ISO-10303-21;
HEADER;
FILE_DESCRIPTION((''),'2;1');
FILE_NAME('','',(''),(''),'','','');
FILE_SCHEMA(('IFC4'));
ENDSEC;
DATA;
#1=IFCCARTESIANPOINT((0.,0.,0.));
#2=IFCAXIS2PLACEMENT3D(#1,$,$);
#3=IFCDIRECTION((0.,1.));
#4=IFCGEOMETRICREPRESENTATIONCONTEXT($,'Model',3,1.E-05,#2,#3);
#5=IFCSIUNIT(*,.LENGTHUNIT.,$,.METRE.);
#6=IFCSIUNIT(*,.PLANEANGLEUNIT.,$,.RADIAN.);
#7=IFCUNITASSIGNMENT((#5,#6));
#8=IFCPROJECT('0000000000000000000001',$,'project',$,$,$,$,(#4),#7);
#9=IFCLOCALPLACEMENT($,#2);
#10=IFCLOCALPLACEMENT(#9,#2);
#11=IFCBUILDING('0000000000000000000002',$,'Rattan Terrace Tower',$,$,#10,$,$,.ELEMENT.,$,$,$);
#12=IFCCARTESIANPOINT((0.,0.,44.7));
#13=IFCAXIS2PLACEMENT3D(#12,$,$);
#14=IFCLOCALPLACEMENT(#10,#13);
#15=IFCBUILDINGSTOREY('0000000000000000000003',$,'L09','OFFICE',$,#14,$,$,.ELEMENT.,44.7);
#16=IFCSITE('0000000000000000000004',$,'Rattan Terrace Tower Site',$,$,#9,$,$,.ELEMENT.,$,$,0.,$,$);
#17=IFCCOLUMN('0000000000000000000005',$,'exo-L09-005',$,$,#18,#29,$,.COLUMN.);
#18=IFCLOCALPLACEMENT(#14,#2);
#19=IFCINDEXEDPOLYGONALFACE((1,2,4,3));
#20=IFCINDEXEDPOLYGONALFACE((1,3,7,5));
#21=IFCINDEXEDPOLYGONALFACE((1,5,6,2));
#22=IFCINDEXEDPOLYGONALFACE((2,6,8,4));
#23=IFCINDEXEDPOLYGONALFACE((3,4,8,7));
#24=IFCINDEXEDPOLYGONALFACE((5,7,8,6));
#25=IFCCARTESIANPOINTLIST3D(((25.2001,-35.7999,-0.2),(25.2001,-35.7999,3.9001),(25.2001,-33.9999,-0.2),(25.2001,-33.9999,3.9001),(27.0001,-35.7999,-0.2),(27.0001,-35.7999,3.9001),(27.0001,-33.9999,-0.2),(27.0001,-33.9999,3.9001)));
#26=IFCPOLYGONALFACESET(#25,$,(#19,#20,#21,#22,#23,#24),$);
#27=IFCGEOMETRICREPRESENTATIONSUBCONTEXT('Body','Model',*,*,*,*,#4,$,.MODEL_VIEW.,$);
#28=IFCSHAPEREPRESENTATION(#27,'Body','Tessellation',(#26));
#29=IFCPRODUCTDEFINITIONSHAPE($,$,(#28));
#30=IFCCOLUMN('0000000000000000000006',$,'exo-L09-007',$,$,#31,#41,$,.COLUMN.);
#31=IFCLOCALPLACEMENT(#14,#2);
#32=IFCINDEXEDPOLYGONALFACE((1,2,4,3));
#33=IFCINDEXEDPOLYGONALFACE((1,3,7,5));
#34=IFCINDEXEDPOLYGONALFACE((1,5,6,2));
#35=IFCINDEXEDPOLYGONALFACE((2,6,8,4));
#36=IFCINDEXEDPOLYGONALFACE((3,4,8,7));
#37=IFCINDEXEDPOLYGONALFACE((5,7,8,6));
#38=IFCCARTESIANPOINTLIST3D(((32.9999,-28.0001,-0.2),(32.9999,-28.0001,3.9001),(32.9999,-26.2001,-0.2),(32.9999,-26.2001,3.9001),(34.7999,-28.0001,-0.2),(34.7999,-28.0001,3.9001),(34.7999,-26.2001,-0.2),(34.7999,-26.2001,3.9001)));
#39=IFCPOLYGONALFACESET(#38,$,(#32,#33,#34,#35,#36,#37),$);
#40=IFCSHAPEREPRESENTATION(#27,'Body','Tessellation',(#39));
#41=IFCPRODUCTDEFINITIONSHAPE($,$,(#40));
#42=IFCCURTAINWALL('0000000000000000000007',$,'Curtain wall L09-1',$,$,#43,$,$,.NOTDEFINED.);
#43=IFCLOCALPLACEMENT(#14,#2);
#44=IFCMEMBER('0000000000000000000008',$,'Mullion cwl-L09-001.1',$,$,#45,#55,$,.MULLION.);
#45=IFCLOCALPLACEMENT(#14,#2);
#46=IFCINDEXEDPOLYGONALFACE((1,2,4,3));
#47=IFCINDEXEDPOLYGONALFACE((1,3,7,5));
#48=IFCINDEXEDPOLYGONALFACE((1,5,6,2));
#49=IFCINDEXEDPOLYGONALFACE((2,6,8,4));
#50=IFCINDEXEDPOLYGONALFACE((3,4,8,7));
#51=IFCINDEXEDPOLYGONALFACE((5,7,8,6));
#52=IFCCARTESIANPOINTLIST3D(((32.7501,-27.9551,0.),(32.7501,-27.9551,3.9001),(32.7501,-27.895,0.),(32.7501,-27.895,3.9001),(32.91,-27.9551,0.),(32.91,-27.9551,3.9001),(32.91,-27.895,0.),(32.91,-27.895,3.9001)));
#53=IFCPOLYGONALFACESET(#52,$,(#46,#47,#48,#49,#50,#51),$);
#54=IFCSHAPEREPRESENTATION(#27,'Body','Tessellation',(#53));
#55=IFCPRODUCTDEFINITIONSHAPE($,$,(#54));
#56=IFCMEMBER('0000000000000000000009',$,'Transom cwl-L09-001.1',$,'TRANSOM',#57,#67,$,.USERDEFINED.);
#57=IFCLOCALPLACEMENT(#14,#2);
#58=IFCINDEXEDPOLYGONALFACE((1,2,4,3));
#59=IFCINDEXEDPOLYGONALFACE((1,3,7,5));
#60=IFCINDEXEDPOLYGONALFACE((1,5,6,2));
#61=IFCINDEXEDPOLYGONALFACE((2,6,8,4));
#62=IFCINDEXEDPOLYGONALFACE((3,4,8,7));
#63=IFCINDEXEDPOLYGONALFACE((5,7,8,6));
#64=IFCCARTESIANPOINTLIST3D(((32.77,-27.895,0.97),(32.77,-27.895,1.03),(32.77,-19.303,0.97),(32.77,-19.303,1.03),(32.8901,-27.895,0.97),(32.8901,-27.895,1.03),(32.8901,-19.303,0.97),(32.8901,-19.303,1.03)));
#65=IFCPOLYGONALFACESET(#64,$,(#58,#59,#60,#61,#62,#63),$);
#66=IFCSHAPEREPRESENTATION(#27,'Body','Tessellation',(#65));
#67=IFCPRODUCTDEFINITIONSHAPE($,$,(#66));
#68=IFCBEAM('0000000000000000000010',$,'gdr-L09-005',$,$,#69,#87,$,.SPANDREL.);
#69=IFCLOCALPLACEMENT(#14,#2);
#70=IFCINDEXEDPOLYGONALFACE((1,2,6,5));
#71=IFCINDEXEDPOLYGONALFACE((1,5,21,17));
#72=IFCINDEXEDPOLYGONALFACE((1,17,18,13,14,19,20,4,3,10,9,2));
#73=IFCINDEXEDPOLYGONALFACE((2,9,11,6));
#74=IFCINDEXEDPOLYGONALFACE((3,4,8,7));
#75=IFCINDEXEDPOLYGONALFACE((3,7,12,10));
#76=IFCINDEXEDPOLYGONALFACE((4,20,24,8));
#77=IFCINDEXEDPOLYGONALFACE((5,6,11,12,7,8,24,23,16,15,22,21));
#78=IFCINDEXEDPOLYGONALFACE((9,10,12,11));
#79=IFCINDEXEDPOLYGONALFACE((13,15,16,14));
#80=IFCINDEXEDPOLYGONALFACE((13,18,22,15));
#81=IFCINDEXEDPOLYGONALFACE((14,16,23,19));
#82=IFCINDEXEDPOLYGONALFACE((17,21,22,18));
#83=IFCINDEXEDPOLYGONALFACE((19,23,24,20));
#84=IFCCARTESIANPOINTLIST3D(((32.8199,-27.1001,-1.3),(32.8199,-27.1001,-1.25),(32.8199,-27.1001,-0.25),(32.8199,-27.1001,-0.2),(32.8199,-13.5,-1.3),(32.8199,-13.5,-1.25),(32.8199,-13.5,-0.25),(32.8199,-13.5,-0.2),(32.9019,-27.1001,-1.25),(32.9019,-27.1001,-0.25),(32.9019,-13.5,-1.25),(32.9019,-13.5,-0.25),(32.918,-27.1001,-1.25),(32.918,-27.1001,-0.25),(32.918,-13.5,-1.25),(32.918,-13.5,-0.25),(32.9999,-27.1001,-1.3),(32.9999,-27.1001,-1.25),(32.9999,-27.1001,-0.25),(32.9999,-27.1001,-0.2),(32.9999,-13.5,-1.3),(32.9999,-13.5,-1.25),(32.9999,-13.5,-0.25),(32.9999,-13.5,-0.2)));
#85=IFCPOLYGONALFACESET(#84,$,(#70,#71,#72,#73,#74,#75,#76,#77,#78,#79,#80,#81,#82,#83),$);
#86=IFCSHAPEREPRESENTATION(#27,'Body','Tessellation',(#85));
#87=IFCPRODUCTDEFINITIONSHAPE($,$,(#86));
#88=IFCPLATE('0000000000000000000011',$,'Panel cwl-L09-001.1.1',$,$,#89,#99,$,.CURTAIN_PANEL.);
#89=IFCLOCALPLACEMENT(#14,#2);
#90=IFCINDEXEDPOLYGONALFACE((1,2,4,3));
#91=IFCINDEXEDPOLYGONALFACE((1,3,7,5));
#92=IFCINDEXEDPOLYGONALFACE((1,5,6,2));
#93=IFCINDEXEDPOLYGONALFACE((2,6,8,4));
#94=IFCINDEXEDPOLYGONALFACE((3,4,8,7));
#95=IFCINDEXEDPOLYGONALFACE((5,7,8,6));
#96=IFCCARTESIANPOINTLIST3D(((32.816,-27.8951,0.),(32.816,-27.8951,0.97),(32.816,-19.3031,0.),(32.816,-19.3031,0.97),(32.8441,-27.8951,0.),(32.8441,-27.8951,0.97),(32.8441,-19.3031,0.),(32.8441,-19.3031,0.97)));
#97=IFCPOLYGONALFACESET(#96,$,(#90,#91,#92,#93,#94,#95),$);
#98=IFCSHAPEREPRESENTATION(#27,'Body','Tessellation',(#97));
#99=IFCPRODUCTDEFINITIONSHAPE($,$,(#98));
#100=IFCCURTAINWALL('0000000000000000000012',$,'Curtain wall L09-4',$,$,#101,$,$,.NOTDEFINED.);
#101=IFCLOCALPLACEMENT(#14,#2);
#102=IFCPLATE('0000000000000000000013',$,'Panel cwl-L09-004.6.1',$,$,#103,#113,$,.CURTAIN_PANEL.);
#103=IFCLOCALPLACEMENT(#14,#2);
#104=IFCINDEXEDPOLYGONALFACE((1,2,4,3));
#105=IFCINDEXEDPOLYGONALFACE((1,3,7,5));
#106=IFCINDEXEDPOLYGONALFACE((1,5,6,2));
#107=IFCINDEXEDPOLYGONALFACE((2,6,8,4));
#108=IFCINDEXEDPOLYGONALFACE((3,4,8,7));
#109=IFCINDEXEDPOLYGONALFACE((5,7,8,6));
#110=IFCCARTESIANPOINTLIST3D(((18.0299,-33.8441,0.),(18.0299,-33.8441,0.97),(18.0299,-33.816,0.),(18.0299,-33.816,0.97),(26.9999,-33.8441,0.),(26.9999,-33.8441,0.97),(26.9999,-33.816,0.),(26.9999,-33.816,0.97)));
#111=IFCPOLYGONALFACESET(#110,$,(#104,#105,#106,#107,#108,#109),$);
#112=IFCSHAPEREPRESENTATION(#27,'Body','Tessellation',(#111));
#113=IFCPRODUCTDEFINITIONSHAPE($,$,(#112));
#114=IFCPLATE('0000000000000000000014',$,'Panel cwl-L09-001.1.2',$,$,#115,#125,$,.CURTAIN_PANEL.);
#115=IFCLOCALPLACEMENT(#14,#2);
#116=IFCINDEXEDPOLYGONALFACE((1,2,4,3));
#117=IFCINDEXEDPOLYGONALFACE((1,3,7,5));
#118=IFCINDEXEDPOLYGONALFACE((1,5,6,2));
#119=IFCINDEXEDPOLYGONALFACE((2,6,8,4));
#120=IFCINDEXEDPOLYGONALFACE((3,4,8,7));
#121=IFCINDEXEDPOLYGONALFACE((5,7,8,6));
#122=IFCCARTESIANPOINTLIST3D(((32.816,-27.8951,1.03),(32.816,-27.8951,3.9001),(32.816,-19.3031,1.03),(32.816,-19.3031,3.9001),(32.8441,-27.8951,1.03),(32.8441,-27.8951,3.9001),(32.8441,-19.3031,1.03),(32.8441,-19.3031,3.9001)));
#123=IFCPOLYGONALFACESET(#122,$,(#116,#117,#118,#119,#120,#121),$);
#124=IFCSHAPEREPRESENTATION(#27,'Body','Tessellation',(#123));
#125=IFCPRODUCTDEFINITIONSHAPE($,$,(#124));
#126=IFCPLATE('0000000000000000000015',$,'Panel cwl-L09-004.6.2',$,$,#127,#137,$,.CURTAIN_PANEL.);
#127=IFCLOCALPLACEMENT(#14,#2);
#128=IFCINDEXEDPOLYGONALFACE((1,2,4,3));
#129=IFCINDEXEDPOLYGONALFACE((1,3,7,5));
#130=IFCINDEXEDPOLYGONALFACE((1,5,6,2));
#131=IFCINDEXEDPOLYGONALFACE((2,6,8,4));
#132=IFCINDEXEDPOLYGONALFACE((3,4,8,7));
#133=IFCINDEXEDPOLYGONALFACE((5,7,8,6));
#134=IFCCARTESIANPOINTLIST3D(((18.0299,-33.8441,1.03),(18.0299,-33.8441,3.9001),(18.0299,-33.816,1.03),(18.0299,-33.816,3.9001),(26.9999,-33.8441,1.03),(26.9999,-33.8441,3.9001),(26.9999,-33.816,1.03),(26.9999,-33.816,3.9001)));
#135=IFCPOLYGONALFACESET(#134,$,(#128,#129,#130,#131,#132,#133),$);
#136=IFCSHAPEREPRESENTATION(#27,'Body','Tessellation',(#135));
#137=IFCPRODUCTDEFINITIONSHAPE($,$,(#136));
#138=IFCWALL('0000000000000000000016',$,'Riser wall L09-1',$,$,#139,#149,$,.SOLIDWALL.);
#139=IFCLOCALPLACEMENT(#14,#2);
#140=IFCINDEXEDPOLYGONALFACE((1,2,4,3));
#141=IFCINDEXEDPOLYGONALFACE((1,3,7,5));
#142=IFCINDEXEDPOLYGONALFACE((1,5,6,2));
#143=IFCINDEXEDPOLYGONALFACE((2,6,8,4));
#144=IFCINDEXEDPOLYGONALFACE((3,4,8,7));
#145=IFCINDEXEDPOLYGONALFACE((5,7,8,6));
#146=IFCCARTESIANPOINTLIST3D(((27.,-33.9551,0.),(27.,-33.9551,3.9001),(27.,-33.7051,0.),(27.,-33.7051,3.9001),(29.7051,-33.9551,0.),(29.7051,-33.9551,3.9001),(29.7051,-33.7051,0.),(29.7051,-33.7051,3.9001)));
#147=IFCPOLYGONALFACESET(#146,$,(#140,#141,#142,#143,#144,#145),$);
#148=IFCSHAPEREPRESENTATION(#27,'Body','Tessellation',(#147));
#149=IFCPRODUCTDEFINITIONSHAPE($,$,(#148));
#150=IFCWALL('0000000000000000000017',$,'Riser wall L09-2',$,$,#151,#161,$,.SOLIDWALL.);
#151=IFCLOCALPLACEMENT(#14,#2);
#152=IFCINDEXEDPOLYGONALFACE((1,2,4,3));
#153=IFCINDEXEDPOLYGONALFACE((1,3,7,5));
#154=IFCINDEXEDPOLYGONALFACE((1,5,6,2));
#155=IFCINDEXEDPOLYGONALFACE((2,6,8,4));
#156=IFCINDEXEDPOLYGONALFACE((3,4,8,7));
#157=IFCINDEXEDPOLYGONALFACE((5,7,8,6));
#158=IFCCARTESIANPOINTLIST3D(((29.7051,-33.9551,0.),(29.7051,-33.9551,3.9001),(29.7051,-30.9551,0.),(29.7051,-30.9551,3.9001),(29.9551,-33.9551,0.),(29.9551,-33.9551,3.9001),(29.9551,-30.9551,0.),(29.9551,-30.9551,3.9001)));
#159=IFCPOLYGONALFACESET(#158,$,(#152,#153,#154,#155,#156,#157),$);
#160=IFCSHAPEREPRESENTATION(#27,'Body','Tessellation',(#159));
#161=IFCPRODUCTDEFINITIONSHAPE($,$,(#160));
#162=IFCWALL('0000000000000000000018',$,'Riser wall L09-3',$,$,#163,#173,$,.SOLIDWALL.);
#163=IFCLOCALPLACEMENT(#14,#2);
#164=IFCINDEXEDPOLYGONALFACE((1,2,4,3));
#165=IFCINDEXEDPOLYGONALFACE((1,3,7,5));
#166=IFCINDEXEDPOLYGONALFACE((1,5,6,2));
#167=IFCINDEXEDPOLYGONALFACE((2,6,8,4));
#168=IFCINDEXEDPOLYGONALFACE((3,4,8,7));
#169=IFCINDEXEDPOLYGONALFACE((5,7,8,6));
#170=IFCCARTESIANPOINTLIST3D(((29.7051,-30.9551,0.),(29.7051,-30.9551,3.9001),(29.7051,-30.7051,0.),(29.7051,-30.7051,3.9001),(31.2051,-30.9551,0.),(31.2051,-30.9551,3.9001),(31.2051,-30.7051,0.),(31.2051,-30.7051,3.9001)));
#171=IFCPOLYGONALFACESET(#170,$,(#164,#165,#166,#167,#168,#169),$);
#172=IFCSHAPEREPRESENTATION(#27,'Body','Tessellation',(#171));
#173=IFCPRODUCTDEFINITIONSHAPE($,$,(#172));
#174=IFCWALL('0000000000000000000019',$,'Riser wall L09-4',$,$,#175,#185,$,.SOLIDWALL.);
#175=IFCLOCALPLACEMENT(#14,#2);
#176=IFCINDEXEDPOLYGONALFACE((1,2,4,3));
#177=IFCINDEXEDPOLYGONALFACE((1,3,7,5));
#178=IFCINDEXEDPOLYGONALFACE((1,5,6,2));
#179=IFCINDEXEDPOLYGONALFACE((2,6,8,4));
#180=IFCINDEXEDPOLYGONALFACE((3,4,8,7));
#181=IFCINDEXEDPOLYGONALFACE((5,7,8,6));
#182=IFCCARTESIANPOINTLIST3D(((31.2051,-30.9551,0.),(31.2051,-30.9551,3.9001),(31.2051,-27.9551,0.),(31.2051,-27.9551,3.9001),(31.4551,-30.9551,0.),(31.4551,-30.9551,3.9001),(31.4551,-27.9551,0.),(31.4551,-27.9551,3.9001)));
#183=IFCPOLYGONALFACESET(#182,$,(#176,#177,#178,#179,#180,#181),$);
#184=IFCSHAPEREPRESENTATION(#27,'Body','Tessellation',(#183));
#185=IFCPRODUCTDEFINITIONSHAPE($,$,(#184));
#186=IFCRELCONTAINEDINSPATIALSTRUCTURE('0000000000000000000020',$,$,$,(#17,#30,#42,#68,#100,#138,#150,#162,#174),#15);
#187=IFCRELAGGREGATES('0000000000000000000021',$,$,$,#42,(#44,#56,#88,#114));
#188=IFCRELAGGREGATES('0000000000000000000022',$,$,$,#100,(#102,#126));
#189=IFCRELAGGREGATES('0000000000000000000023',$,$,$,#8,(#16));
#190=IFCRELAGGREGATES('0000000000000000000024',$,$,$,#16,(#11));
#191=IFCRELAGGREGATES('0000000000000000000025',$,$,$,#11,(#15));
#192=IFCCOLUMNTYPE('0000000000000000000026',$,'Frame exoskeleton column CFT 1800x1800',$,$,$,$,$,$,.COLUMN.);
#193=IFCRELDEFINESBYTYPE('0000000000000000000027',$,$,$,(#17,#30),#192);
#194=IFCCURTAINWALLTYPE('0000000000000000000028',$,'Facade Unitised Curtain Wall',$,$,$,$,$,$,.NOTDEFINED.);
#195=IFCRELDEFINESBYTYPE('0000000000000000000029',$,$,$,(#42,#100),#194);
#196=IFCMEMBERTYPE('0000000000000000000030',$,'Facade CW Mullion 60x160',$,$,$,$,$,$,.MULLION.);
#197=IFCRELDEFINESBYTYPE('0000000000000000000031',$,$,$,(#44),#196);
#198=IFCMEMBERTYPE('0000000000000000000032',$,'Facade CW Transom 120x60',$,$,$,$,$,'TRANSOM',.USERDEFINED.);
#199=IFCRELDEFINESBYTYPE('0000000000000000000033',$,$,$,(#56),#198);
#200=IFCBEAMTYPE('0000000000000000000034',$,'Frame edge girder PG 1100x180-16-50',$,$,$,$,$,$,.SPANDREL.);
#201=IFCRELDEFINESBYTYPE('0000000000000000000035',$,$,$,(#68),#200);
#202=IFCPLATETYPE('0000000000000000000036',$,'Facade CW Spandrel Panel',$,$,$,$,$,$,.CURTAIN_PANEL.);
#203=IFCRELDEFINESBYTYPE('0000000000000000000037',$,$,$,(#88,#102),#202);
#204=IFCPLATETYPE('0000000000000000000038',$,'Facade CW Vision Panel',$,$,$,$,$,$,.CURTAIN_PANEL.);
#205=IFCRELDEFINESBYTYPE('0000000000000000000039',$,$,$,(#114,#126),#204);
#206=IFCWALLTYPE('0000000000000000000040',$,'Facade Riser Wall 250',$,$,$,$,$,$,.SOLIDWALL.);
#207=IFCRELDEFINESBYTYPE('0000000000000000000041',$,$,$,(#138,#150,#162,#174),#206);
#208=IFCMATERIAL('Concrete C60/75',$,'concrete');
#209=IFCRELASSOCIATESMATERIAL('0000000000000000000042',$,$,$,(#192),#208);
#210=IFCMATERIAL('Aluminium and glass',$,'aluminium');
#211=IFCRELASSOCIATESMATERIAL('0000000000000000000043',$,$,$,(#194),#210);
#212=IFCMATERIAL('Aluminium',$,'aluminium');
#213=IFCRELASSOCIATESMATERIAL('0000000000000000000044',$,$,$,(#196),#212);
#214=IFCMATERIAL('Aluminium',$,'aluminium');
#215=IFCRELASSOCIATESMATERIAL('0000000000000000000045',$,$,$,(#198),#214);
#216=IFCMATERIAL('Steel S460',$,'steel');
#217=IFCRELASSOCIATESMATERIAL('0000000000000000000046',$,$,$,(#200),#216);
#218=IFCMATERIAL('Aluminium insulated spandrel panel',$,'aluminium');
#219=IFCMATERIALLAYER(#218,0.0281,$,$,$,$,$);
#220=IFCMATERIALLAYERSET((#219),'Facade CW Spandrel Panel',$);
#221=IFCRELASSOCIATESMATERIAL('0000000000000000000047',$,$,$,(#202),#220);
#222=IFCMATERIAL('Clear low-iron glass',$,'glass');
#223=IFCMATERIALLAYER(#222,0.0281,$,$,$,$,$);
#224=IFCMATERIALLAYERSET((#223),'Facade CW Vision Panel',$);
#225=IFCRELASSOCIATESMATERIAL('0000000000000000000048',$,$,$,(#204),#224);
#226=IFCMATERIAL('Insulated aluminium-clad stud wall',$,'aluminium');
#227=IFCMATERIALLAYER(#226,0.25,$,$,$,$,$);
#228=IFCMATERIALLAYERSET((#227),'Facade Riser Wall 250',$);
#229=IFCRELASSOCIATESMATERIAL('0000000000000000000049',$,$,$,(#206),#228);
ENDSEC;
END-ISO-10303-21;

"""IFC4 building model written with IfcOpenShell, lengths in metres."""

from ifc_helpers import new_model, si_unit, direction, frame, frame_2d, origin, origin_2d, place, context, subcontext, project, spatial, rectangle, i_section, extrude, material, layer, layer_set, material_profile, profile_set, type_object, element, aggregate, save


model = new_model("IFC4")

# Units and contexts
model_context = context("Model", 3, precision=1e-05, world=origin(), true_north=direction((0.0, 1.0)))
body_context = subcontext(model_context, "Body", "Model", "MODEL_VIEW")
ifc_project = project(units=[si_unit("LENGTHUNIT", "METRE"), si_unit("PLANEANGLEUNIT", "RADIAN")], contexts=[model_context])

# Site, building, storey
site_placement = place(None, origin())
site = spatial("IfcSite", under=ifc_project, at=site_placement, Name="Rattan Terrace Tower Site", CompositionType="ELEMENT", RefElevation=0.0)
building_placement = place(site_placement, origin())
building = spatial("IfcBuilding", under=site, at=building_placement, Name="Rattan Terrace Tower", CompositionType="ELEMENT")
storey_placement = place(building_placement, frame((0.0, 0.0, 44.7)))
storey = spatial("IfcBuildingStorey", under=building, at=storey_placement, Name="L09", Description="OFFICE", CompositionType="ELEMENT", Elevation=44.7)

# Columns
ifc_material_1 = material(Name="Concrete C60/75", Category="concrete")
ifc_material_profile_1 = material_profile(ifc_material_1, rectangle(XDim=1.8, YDim=1.8, at=origin_2d()), Name="CFT 1800x1800")
ifc_profile_set_1 = profile_set([ifc_material_profile_1], Name="Concrete C60/75")
column_type = type_object("IfcColumnType", Name="Frame exoskeleton column CFT 1800x1800", PredefinedType="COLUMN", material=ifc_profile_set_1)
for number, where, z_axis, x_axis, name in (
    (1, (26.1001, -34.8999, -0.2), (0.0, 0.0, 1.0), (1.0, 0.0, 0.0), "exo-L09-005"),
    (2, (33.8999, -27.1001, -0.2), (0.0, 0.0, 1.0), (0.0, 1.0, 0.0), "exo-L09-007"),
):
    element("IfcColumn", number, at=place(storey_placement, frame(where, z_axis=z_axis, x_axis=x_axis)), inside=storey, type_object=column_type, Name=name, PredefinedType="COLUMN", context=body_context, shape_type="SweptSolid", body=[
        extrude(rectangle(XDim=1.8, YDim=1.8, at=origin_2d()), origin(), (0.0, 0.0, 1.0), 4.1001),
    ])

# Curtain wall, members
ifc_material_2 = material(Name="Aluminium and glass", Category="aluminium")
curtain_wall_type = type_object("IfcCurtainWallType", Name="Facade Unitised Curtain Wall", PredefinedType="NOTDEFINED", material=ifc_material_2)
curtain_wall_1_placement = place(storey_placement, origin())
curtain_wall_1 = element("IfcCurtainWall", 3, at=curtain_wall_1_placement, inside=storey, type_object=curtain_wall_type, Name="Curtain wall L09-1", PredefinedType="NOTDEFINED")
ifc_material_3 = material(Name="Aluminium", Category="aluminium")
ifc_material_profile_2 = material_profile(ifc_material_3, rectangle(XDim=0.0601, YDim=0.1599, at=origin_2d()), Name="Aluminium 60x160")
ifc_profile_set_2 = profile_set([ifc_material_profile_2], Name="Aluminium")
member_type_1 = type_object("IfcMemberType", Name="Facade CW Mullion 60x160", PredefinedType="MULLION", material=ifc_profile_set_2)
member_1_placement = place(storey_placement, frame((32.8301, -27.925, 0.0), z_axis=(0.0, 0.0, 1.0), x_axis=(0.0, 1.0, 0.0)))
member_1 = element("IfcMember", 4, at=member_1_placement, type_object=member_type_1, Name="Mullion cwl-L09-001.1", PredefinedType="MULLION", context=body_context, shape_type="SweptSolid", body=[
    extrude(rectangle(XDim=0.0601, YDim=0.1599, at=origin_2d()), origin(), (0.0, 0.0, 1.0), 3.9001),
])
ifc_material_4 = material(Name="Aluminium", Category="aluminium")
ifc_material_profile_3 = material_profile(ifc_material_4, rectangle(XDim=0.1201, YDim=0.0601, at=origin_2d()), Name="Aluminium 120x60")
ifc_profile_set_3 = profile_set([ifc_material_profile_3], Name="Aluminium")
member_type_2 = type_object("IfcMemberType", Name="Facade CW Transom 120x60", ElementType="TRANSOM", PredefinedType="USERDEFINED", material=ifc_profile_set_3)
member_2_placement = place(storey_placement, frame((32.8301, -27.895, 1.0), z_axis=(0.0, 1.0, 0.0), x_axis=(-1.0, 0.0, 0.0)))
member_2 = element("IfcMember", 5, at=member_2_placement, type_object=member_type_2, Name="Transom cwl-L09-001.1", ObjectType="TRANSOM", PredefinedType="USERDEFINED", context=body_context, shape_type="SweptSolid", body=[
    extrude(rectangle(XDim=0.1201, YDim=0.0601, at=origin_2d()), origin(), (0.0, 0.0, 1.0), 8.592),
])

# Beam
ifc_material_5 = material(Name="Steel S460", Category="steel")
ifc_material_profile_4 = material_profile(ifc_material_5, i_section(OverallWidth=0.1799, OverallDepth=1.1001, WebThickness=0.0161, FlangeThickness=0.05, at=origin_2d()), Name="PG 1100x180-16-50")
ifc_profile_set_4 = profile_set([ifc_material_profile_4], Name="Steel S460")
beam_type = type_object("IfcBeamType", Name="Frame edge girder PG 1100x180-16-50", PredefinedType="SPANDREL", material=ifc_profile_set_4)
beam_placement = place(storey_placement, frame((32.9099, -27.1001, -0.75), z_axis=(0.0, 1.0, 0.0), x_axis=(-1.0, 0.0, 0.0)))
element("IfcBeam", 6, at=beam_placement, inside=storey, type_object=beam_type, Name="gdr-L09-005", PredefinedType="SPANDREL", context=body_context, shape_type="SweptSolid", body=[
    extrude(i_section(OverallWidth=0.1799, OverallDepth=1.1001, WebThickness=0.0161, FlangeThickness=0.05, at=origin_2d()), origin(), (0.0, 0.0, 1.0), 13.6001),
])

# Plate
ifc_material_6 = material(Name="Aluminium insulated spandrel panel", Category="aluminium")
ifc_layer_1 = layer(ifc_material_6, 0.0281)
ifc_layer_set_1 = layer_set([ifc_layer_1], Name="Facade CW Spandrel Panel")
plate_type_1 = type_object("IfcPlateType", Name="Facade CW Spandrel Panel", PredefinedType="CURTAIN_PANEL", material=ifc_layer_set_1)
plate_1_placement = place(storey_placement, frame((32.8301, -23.5991, 0.0), z_axis=(0.0, 0.0, 1.0), x_axis=(0.0, 1.0, 0.0)))
plate_1 = element("IfcPlate", 7, at=plate_1_placement, type_object=plate_type_1, Name="Panel cwl-L09-001.1.1", PredefinedType="CURTAIN_PANEL", context=body_context, shape_type="SweptSolid", body=[
    extrude(rectangle(XDim=8.592, YDim=0.0281, at=origin_2d()), origin(), (0.0, 0.0, 1.0), 0.97),
])

# Curtain wall, plate
curtain_wall_2_placement = place(storey_placement, origin())
curtain_wall_2 = element("IfcCurtainWall", 8, at=curtain_wall_2_placement, inside=storey, type_object=curtain_wall_type, Name="Curtain wall L09-4", PredefinedType="NOTDEFINED")
plate_2_placement = place(storey_placement, frame((22.5149, -33.8301, 0.0), z_axis=(0.0, 0.0, 1.0), x_axis=(1.0, 0.0, 0.0)))
plate_2 = element("IfcPlate", 9, at=plate_2_placement, type_object=plate_type_1, Name="Panel cwl-L09-004.6.1", PredefinedType="CURTAIN_PANEL", context=body_context, shape_type="SweptSolid", body=[
    extrude(rectangle(XDim=8.97, YDim=0.0281, at=origin_2d()), origin(), (0.0, 0.0, 1.0), 0.97),
])

# Plates
ifc_material_7 = material(Name="Clear low-iron glass", Category="glass")
ifc_layer_2 = layer(ifc_material_7, 0.0281)
ifc_layer_set_2 = layer_set([ifc_layer_2], Name="Facade CW Vision Panel")
plate_type_2 = type_object("IfcPlateType", Name="Facade CW Vision Panel", PredefinedType="CURTAIN_PANEL", material=ifc_layer_set_2)
plate_3_placement = place(storey_placement, frame((32.8301, -23.5991, 1.03), z_axis=(0.0, 0.0, 1.0), x_axis=(0.0, 1.0, 0.0)))
plate_3 = element("IfcPlate", 10, at=plate_3_placement, type_object=plate_type_2, Name="Panel cwl-L09-001.1.2", PredefinedType="CURTAIN_PANEL", context=body_context, shape_type="SweptSolid", body=[
    extrude(rectangle(XDim=8.592, YDim=0.0281, at=origin_2d()), origin(), (0.0, 0.0, 1.0), 2.8701),
])
aggregate(curtain_wall_1, [member_1, member_2, plate_1, plate_3])
plate_4_placement = place(storey_placement, frame((22.5149, -33.8301, 1.03), z_axis=(0.0, 0.0, 1.0), x_axis=(1.0, 0.0, 0.0)))
plate_4 = element("IfcPlate", 11, at=plate_4_placement, type_object=plate_type_2, Name="Panel cwl-L09-004.6.2", PredefinedType="CURTAIN_PANEL", context=body_context, shape_type="SweptSolid", body=[
    extrude(rectangle(XDim=8.97, YDim=0.0281, at=origin_2d()), origin(), (0.0, 0.0, 1.0), 2.8701),
])
aggregate(curtain_wall_2, [plate_2, plate_4])

# Walls
ifc_material_8 = material(Name="Insulated aluminium-clad stud wall", Category="aluminium")
ifc_layer_3 = layer(ifc_material_8, 0.25)
ifc_layer_set_3 = layer_set([ifc_layer_3], Name="Facade Riser Wall 250")
wall_type = type_object("IfcWallType", Name="Facade Riser Wall 250", PredefinedType="SOLIDWALL", material=ifc_layer_set_3)
wall_1_placement = place(storey_placement, frame((27.0, -33.8301, 0.0), z_axis=(0.0, 0.0, 1.0), x_axis=(1.0, 0.0, 0.0)))
element("IfcWall", 12, at=wall_1_placement, inside=storey, type_object=wall_type, Name="Riser wall L09-1", PredefinedType="SOLIDWALL", context=body_context, shape_type="SweptSolid", body=[
    extrude(rectangle(XDim=2.7051, YDim=0.25, at=frame_2d((1.3525, 0.0))), origin(), (0.0, 0.0, 1.0), 3.9001),
])
wall_2_placement = place(storey_placement, frame((29.8301, -33.9551, 0.0), z_axis=(0.0, 0.0, 1.0), x_axis=(0.0, 1.0, 0.0)))
element("IfcWall", 13, at=wall_2_placement, inside=storey, type_object=wall_type, Name="Riser wall L09-2", PredefinedType="SOLIDWALL", context=body_context, shape_type="SweptSolid", body=[
    extrude(rectangle(XDim=3.0, YDim=0.25, at=frame_2d((1.5, 0.0))), origin(), (0.0, 0.0, 1.0), 3.9001),
])
wall_3_placement = place(storey_placement, frame((29.7051, -30.8301, 0.0), z_axis=(0.0, 0.0, 1.0), x_axis=(1.0, 0.0, 0.0)))
element("IfcWall", 14, at=wall_3_placement, inside=storey, type_object=wall_type, Name="Riser wall L09-3", PredefinedType="SOLIDWALL", context=body_context, shape_type="SweptSolid", body=[
    extrude(rectangle(XDim=1.5, YDim=0.25, at=frame_2d((0.75, 0.0))), origin(), (0.0, 0.0, 1.0), 3.9001),
])
wall_4_placement = place(storey_placement, frame((31.3301, -30.9551, 0.0), z_axis=(0.0, 0.0, 1.0), x_axis=(0.0, 1.0, 0.0)))
element("IfcWall", 15, at=wall_4_placement, inside=storey, type_object=wall_type, Name="Riser wall L09-4", PredefinedType="SOLIDWALL", context=body_context, shape_type="SweptSolid", body=[
    extrude(rectangle(XDim=3.0, YDim=0.25, at=frame_2d((1.5, 0.0))), origin(), (0.0, 0.0, 1.0), 3.9001),
])

save(model, "model.ifc")
